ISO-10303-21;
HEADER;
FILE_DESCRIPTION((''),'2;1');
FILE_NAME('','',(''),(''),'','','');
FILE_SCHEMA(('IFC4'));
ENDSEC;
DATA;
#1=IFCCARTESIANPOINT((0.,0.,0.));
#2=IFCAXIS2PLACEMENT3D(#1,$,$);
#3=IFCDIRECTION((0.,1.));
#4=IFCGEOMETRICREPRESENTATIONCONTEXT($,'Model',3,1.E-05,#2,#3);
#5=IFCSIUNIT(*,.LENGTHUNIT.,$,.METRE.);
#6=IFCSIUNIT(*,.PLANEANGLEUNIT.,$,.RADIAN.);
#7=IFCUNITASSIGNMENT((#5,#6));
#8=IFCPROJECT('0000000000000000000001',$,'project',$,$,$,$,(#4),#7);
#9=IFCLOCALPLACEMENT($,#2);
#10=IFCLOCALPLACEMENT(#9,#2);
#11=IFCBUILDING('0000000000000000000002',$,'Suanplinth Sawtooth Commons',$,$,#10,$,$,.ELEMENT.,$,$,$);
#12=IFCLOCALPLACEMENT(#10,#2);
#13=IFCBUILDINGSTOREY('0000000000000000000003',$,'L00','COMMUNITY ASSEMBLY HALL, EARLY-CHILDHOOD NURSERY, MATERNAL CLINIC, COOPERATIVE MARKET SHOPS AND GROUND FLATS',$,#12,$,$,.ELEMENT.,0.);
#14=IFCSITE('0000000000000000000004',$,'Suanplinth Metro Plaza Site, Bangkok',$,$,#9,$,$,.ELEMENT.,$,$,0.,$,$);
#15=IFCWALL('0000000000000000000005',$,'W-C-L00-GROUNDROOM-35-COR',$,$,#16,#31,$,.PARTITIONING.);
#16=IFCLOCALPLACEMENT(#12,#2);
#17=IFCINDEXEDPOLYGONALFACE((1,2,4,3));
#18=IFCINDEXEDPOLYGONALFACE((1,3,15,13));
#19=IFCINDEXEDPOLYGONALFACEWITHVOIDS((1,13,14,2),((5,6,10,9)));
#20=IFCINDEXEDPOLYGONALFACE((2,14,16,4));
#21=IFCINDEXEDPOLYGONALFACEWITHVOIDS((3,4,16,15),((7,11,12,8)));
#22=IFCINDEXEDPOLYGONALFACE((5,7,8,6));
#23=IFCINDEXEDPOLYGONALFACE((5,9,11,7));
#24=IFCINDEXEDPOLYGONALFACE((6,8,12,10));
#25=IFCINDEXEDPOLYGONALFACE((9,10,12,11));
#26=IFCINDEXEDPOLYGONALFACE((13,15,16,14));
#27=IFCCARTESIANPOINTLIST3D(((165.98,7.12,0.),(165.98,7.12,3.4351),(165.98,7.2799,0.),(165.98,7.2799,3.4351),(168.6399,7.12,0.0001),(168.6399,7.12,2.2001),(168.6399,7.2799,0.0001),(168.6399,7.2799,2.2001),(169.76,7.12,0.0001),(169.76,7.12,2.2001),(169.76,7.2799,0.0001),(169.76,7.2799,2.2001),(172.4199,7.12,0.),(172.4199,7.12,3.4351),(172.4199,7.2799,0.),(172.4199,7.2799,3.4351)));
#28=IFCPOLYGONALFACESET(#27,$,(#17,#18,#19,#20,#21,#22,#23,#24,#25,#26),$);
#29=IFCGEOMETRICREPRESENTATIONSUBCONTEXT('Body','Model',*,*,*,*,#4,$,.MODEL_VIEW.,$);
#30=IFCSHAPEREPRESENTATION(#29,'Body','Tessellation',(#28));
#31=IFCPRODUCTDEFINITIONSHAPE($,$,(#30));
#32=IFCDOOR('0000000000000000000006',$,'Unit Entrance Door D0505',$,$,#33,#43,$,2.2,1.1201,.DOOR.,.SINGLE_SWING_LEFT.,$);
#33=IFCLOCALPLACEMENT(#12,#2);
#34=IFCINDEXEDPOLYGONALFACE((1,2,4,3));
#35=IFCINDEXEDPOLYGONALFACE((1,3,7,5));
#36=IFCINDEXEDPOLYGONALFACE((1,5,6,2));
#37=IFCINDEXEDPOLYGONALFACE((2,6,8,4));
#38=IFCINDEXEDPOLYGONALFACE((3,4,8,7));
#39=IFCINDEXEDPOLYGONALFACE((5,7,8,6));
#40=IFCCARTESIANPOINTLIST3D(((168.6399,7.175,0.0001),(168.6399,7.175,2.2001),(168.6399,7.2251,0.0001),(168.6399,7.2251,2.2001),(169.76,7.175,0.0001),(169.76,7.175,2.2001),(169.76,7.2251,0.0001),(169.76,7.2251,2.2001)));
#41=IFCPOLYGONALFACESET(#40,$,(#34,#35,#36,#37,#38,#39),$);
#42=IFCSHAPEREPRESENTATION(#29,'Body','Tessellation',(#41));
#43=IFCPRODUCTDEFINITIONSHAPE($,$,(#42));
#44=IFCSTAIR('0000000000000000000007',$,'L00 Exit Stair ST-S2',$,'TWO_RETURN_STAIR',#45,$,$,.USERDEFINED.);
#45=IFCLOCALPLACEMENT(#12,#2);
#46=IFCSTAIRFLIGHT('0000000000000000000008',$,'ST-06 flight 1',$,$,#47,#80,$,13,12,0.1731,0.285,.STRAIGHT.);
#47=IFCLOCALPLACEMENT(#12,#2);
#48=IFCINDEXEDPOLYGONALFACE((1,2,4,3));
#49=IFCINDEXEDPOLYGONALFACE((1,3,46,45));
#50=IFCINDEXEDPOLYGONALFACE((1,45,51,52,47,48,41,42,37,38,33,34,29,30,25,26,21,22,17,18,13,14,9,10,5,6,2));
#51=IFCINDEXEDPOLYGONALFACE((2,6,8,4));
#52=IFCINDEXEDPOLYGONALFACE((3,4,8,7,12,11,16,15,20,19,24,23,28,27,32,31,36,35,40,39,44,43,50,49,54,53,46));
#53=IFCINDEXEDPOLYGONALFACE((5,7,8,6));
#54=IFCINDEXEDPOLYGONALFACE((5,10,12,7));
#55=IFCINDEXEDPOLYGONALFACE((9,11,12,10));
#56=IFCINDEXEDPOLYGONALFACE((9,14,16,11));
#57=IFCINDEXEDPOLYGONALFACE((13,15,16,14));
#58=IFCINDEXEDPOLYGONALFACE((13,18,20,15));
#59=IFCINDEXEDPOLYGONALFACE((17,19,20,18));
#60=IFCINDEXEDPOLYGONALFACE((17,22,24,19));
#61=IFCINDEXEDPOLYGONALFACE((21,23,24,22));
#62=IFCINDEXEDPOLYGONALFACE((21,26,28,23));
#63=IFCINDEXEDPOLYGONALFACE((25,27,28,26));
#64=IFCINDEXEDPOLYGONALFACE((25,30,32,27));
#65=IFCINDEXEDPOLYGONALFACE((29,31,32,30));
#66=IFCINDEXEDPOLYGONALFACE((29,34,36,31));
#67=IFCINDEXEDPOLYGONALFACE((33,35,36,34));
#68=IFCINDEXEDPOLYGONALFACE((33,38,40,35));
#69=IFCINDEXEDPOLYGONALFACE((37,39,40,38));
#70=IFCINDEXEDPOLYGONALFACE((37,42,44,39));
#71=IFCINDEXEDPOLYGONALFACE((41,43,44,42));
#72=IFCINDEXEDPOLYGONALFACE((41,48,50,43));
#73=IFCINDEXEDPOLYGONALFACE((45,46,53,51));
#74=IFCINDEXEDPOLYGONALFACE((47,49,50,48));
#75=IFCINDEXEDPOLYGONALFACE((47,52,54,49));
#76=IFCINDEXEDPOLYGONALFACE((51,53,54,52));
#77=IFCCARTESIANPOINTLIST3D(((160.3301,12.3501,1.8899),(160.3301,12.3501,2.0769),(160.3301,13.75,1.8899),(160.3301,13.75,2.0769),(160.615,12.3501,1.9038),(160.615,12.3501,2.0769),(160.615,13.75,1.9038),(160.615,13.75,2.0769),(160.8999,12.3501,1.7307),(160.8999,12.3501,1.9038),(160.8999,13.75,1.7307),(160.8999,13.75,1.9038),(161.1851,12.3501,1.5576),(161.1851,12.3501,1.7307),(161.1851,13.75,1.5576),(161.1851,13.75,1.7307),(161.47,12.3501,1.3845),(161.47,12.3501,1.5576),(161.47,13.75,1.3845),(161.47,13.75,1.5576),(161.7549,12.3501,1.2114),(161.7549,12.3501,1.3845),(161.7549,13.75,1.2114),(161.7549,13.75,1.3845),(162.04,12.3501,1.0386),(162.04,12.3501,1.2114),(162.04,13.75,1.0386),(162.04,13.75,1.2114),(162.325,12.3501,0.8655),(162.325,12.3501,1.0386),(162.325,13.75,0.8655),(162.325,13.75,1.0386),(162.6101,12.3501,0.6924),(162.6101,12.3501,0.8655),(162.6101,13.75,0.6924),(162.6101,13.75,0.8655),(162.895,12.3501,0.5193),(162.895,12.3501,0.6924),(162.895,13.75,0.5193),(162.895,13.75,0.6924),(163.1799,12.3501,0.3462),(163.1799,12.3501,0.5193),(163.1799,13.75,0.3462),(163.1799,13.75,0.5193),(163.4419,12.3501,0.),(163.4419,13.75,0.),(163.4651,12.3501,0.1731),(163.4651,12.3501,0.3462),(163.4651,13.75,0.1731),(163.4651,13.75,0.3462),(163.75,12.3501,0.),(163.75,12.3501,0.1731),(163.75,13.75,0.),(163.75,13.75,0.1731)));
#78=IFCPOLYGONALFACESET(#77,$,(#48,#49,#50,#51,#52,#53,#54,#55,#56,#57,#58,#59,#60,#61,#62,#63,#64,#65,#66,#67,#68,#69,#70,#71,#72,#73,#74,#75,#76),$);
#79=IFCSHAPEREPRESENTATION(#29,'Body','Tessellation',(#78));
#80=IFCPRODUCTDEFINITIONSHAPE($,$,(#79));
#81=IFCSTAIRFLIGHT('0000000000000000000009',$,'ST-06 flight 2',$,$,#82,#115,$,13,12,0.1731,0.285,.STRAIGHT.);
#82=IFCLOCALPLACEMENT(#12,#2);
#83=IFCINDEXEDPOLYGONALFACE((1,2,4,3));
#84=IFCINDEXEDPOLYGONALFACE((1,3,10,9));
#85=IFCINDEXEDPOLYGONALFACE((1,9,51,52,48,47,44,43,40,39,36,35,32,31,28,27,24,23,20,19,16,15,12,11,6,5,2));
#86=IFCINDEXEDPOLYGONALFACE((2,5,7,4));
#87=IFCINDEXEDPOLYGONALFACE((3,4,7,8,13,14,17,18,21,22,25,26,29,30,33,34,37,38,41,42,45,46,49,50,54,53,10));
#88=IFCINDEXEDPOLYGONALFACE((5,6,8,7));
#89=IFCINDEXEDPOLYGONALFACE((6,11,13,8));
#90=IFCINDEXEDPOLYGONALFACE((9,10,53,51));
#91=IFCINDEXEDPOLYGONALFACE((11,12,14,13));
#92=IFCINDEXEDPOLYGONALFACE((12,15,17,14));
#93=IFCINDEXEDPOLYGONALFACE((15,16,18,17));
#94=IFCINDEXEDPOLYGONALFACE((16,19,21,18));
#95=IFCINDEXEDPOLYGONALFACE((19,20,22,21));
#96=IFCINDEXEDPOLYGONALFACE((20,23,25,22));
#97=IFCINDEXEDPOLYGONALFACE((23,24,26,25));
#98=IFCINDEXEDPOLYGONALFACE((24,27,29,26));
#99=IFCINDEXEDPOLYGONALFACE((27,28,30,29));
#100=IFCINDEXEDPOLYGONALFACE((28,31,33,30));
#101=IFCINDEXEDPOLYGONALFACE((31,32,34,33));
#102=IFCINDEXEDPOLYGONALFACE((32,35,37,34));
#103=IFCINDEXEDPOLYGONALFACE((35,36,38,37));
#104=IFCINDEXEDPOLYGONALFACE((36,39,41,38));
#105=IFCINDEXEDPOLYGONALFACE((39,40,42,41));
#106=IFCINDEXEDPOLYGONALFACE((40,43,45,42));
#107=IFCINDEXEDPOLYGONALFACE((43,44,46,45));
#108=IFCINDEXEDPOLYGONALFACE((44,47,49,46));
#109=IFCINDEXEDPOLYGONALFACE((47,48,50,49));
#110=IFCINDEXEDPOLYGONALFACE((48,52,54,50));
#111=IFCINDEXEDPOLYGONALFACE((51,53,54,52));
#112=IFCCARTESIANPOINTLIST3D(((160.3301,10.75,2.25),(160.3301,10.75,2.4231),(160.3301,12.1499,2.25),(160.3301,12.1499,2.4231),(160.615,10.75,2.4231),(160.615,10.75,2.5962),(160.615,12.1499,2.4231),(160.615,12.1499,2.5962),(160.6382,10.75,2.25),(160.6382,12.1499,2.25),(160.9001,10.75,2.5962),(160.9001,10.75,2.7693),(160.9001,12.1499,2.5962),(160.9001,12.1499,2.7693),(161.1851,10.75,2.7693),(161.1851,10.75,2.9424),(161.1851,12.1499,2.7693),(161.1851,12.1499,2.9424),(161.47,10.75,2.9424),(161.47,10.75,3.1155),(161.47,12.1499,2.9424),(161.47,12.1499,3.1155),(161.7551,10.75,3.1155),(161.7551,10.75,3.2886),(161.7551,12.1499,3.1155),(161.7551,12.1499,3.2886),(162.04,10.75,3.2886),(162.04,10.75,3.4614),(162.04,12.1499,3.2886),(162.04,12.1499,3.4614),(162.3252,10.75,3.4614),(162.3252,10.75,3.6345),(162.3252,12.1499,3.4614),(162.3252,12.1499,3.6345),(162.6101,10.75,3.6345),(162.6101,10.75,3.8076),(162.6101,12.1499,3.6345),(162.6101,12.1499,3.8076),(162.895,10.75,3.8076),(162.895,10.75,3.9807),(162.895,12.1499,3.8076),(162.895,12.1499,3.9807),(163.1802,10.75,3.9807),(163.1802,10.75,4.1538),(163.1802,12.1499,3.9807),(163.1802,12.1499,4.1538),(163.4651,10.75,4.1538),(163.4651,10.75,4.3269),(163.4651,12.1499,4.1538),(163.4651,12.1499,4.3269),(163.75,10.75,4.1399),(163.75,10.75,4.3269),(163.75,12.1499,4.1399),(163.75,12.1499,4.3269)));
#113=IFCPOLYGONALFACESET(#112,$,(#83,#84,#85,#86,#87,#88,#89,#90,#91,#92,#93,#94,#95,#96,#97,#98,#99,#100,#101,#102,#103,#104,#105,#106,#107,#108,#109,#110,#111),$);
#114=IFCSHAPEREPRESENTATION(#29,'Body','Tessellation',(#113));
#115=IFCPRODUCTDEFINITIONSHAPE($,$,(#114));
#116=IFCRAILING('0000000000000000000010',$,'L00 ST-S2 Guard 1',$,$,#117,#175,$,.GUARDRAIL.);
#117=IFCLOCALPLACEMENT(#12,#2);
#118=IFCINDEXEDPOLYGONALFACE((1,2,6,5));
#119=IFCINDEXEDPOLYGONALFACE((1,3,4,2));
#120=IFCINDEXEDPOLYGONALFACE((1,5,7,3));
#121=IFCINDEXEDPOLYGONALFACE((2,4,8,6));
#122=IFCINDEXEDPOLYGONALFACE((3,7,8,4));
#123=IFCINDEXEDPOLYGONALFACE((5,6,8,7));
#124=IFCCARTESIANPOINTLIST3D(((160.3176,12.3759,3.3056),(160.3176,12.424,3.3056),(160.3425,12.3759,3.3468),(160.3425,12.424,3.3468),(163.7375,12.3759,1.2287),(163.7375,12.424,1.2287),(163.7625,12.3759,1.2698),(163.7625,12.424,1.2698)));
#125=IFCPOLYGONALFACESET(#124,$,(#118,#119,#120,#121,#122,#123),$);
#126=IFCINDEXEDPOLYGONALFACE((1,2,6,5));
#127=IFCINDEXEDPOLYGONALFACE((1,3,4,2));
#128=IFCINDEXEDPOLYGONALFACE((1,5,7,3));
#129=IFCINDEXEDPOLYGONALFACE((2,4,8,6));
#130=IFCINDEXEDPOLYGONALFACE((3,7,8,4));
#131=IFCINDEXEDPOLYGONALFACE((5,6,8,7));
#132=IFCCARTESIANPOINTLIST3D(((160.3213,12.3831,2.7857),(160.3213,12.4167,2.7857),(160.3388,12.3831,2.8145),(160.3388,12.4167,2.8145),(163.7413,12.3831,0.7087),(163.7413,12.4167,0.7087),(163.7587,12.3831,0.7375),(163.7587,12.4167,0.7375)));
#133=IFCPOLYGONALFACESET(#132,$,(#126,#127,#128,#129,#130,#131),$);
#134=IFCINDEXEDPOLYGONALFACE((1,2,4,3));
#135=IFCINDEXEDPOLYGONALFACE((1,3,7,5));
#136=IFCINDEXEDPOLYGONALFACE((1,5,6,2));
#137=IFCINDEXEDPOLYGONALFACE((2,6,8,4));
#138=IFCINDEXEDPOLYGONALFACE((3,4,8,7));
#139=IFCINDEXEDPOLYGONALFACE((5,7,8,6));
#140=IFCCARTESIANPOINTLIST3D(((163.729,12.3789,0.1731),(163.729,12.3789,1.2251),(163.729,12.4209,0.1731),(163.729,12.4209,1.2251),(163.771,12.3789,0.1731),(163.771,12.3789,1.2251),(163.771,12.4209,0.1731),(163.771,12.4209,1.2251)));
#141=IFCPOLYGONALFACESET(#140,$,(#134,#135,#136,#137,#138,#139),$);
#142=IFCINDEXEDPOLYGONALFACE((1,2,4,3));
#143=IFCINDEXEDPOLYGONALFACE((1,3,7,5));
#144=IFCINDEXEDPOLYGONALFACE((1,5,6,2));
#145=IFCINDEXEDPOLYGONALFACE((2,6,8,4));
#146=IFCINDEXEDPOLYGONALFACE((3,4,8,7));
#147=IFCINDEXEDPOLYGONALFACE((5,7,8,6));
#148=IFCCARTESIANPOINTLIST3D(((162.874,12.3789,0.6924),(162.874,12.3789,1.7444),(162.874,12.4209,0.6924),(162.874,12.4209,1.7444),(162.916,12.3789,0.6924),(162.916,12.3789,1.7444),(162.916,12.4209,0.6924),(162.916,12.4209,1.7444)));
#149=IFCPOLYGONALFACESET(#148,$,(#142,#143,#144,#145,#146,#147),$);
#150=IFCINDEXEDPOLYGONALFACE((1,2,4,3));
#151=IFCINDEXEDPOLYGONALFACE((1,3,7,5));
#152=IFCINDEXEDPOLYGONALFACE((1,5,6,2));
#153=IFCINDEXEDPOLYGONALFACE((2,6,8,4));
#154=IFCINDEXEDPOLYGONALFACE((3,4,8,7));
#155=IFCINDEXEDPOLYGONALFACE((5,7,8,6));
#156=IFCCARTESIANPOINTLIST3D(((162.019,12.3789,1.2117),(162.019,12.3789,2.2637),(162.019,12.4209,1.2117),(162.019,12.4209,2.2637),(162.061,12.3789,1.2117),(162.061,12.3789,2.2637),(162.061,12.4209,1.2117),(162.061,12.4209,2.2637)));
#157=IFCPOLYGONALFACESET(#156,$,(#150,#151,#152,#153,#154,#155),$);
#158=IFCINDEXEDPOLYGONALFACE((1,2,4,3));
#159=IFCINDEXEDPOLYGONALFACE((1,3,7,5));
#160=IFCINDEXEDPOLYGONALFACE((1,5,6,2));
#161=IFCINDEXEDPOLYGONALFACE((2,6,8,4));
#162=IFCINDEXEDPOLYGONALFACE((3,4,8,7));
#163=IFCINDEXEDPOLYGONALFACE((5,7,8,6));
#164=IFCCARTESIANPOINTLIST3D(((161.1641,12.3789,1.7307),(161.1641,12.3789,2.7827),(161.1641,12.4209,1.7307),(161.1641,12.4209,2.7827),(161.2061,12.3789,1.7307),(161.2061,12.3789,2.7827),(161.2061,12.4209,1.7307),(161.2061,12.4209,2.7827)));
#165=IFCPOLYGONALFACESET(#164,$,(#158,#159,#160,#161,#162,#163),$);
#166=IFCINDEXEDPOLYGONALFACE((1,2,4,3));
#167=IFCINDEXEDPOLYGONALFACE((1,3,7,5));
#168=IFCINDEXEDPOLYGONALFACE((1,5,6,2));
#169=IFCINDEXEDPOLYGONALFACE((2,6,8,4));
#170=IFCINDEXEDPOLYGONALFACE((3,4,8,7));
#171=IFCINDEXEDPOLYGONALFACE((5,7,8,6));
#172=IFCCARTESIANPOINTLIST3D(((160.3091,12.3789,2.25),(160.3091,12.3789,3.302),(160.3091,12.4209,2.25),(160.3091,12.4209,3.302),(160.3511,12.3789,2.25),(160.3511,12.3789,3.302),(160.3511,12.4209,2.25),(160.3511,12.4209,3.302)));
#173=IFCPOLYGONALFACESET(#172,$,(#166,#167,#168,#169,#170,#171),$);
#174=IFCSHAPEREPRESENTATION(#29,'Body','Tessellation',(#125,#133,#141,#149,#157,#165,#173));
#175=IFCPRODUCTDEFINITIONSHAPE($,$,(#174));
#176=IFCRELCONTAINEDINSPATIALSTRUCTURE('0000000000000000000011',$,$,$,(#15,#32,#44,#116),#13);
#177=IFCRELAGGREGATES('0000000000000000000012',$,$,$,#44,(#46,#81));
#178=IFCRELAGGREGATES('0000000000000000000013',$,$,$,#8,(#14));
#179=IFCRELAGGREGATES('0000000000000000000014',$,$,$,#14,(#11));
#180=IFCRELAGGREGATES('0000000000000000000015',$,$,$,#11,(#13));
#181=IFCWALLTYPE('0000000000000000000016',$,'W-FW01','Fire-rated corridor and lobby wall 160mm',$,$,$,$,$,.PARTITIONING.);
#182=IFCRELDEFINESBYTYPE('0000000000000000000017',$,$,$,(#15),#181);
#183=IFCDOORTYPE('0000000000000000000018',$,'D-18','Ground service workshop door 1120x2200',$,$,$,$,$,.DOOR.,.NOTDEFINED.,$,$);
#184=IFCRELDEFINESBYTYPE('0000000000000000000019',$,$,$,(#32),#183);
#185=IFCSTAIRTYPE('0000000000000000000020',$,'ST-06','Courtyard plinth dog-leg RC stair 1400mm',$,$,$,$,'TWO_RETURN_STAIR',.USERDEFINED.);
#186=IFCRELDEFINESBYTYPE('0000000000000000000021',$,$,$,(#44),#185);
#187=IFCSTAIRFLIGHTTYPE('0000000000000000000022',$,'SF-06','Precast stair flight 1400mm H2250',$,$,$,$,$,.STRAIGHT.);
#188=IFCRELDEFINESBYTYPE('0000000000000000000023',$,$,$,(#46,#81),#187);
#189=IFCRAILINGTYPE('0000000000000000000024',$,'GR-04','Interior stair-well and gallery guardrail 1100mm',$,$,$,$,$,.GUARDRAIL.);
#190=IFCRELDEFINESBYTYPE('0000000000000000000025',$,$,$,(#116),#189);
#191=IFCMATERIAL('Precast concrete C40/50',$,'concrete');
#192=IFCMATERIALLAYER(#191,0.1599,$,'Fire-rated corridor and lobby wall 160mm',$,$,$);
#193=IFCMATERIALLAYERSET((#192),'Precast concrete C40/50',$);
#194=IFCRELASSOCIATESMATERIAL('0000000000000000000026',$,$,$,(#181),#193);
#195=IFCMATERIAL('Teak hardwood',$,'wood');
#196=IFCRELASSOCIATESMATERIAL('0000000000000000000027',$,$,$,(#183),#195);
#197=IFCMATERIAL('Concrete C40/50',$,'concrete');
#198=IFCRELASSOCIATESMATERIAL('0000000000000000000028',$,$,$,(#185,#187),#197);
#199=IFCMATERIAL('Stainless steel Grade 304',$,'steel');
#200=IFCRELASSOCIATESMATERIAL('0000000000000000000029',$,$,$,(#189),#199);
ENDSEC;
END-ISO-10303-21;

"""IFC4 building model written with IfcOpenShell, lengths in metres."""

from ifc_helpers import new_model, si_unit, direction, frame, frame_2d, origin, origin_2d, place, context, subcontext, project, spatial, polyline, rectangle, outline, extrude, material, layer, layer_set, type_object, element, fill, aggregate, save


model = new_model("IFC4")

# Units and contexts
model_context = context("Model", 3, precision=1e-05, world=origin(), true_north=direction((0.0, 1.0)))
body_context = subcontext(model_context, "Body", "Model", "MODEL_VIEW")
ifc_project = project(units=[si_unit("LENGTHUNIT", "METRE"), si_unit("PLANEANGLEUNIT", "RADIAN")], contexts=[model_context])

# Site, building, storey
site_placement = place(None, origin())
site = spatial("IfcSite", under=ifc_project, at=site_placement, Name="Suanplinth Metro Plaza Site, Bangkok", CompositionType="ELEMENT", RefElevation=0.0)
building_placement = place(site_placement, origin())
building = spatial("IfcBuilding", under=site, at=building_placement, Name="Suanplinth Sawtooth Commons", CompositionType="ELEMENT")
storey_placement = place(building_placement, origin())
storey = spatial("IfcBuildingStorey", under=building, at=storey_placement, Name="L00", Description="COMMUNITY ASSEMBLY HALL, EARLY-CHILDHOOD NURSERY, MATERNAL CLINIC, COOPERATIVE MARKET SHOPS AND GROUND FLATS", CompositionType="ELEMENT", Elevation=0.0)

# Shared definitions
ifc_material_1 = material(Name="Concrete C40/50", Category="concrete")

# Shared definitions
ifc_material_2 = material(Name="Precast concrete C40/50", Category="concrete")

# Wall, opening, door
ifc_layer_1 = layer(ifc_material_2, 0.1599, Name="Fire-rated corridor and lobby wall 160mm")
ifc_layer_set_1 = layer_set([ifc_layer_1], Name="Precast concrete C40/50")
wall_type_1 = type_object("IfcWallType", Name="W-FW01", Description="Fire-rated corridor and lobby wall 160mm", PredefinedType="PARTITIONING", material=ifc_layer_set_1)
wall_1_placement = place(storey_placement, frame((165.98, 7.2, 0.0), z_axis=(0.0, 0.0, 1.0), x_axis=(1.0, 0.0, 0.0)))
wall_1 = element("IfcWall", 1, at=wall_1_placement, inside=storey, type_object=wall_type_1, Name="W-C-L00-GROUNDROOM-35-COR", PredefinedType="PARTITIONING", context=body_context, shape_type="SweptSolid", body=[
    extrude(rectangle(XDim=6.4399, YDim=0.1599, at=frame_2d((3.22, 0.0))), origin(), (0.0, 0.0, 1.0), 3.4351),
])
opening_1_placement = place(wall_1_placement, frame((2.6599, 0.0, 0.0)))
opening_1 = element("IfcOpeningElement", 2, at=opening_1_placement, cuts=wall_1, PredefinedType="OPENING", context=body_context, shape_type="SweptSolid", body=[
    extrude(rectangle(XDim=1.1201, YDim=2.2, at=frame_2d((0.5601, 1.1001))), frame((0.0, 0.0947, 0.0), z_axis=(0.0, -1.0, 0.0), x_axis=(1.0, 0.0, 0.0)), (0.0, 0.0, 1.0), 0.1897),
])
ifc_material_3 = material(Name="Teak hardwood", Category="wood")
door_type_1 = type_object("IfcDoorType", Name="D-18", Description="Ground service workshop door 1120x2200", OperationType="NOTDEFINED", PredefinedType="DOOR", material=ifc_material_3)
door_1_placement = place(opening_1_placement, frame((1.1201, 0.0, 0.0), z_axis=(0.0, 0.0, 1.0), x_axis=(-1.0, 0.0, 0.0)))
door_1 = element("IfcDoor", 3, at=door_1_placement, inside=storey, type_object=door_type_1, Name="Unit Entrance Door D0505", OperationType="SINGLE_SWING_LEFT", OverallHeight=2.2, OverallWidth=1.1201, PredefinedType="DOOR", context=body_context, shape_type="SweptSolid", body=[
    extrude(rectangle(XDim=1.1201, YDim=2.2, at=frame_2d((0.5601, 1.1001))), frame((0.0, 0.0249, 0.0), z_axis=(0.0, -1.0, 0.0), x_axis=(1.0, 0.0, 0.0)), (0.0, 0.0, 1.0), 0.05),
])
fill(opening_1, door_1)

# Stair, stair flights
stair_type = type_object("IfcStairType", Name="ST-06", Description="Courtyard plinth dog-leg RC stair 1400mm", ElementType="TWO_RETURN_STAIR", PredefinedType="USERDEFINED", material=ifc_material_1)
stair_placement = place(storey_placement, origin())
stair = element("IfcStair", 4, at=stair_placement, inside=storey, type_object=stair_type, Name="L00 Exit Stair ST-S2", ObjectType="TWO_RETURN_STAIR", PredefinedType="USERDEFINED")
stair_flight_type = type_object("IfcStairFlightType", Name="SF-06", Description="Precast stair flight 1400mm H2250", PredefinedType="STRAIGHT", material=ifc_material_1)
stair_flight_1_placement = place(storey_placement, frame((163.75, 13.05, 0.0), z_axis=(0.0, 0.0, 1.0), x_axis=(-1.0, 0.0, 0.0)))
stair_flight_1 = element("IfcStairFlight", 5, at=stair_flight_1_placement, type_object=stair_flight_type, Name="ST-06 flight 1", NumberOfRisers=13, NumberOfTreads=12, PredefinedType="STRAIGHT", RiserHeight=0.1731, TreadLength=0.285, context=body_context, shape_type="SweptSolid", body=[
    extrude(outline(polyline([(0.0, 0.0), (0.0, 0.1731), (0.2849, 0.1731), (0.2849, 0.3462), (0.5701, 0.3462), (0.5701, 0.5193), (0.855, 0.5193), (0.855, 0.6924), (1.1399, 0.6924), (1.1399, 0.8655), (1.425, 0.8655), (1.425, 1.0386), (1.71, 1.0386), (1.71, 1.2114), (1.9951, 1.2114), (1.9951, 1.3845), (2.28, 1.3845), (2.28, 1.5576), (2.5649, 1.5576), (2.5649, 1.7307), (2.8501, 1.7307), (2.8501, 1.9038), (3.135, 1.9038), (3.135, 2.0769), (3.4199, 2.0769), (3.4199, 2.25), (3.4199, 1.8899), (0.3081, 0.0), (0.0, 0.0)])), frame((0.0, 0.7, 0.0), z_axis=(0.0, -1.0, 0.0), x_axis=(1.0, 0.0, 0.0)), (0.0, 0.0, 1.0), 1.3999),
])
stair_flight_2_placement = place(storey_placement, frame((160.3301, 11.45, 2.25), z_axis=(0.0, 0.0, 1.0), x_axis=(1.0, 0.0, 0.0)))
stair_flight_2 = element("IfcStairFlight", 6, at=stair_flight_2_placement, type_object=stair_flight_type, Name="ST-06 flight 2", NumberOfRisers=13, NumberOfTreads=12, PredefinedType="STRAIGHT", RiserHeight=0.1731, TreadLength=0.285, context=body_context, shape_type="SweptSolid", body=[
    extrude(outline(polyline([(0.0, 0.0), (0.0, 0.1731), (0.2849, 0.1731), (0.2849, 0.3462), (0.5701, 0.3462), (0.5701, 0.5193), (0.855, 0.5193), (0.855, 0.6924), (1.1399, 0.6924), (1.1399, 0.8655), (1.425, 0.8655), (1.425, 1.0386), (1.71, 1.0386), (1.71, 1.2114), (1.9951, 1.2114), (1.9951, 1.3845), (2.28, 1.3845), (2.28, 1.5576), (2.5649, 1.5576), (2.5649, 1.7307), (2.8501, 1.7307), (2.8501, 1.9038), (3.135, 1.9038), (3.135, 2.0769), (3.4199, 2.0769), (3.4199, 2.25), (3.4199, 1.8899), (0.3081, 0.0), (0.0, 0.0)])), frame((0.0, 0.7, 0.0), z_axis=(0.0, -1.0, 0.0), x_axis=(1.0, 0.0, 0.0)), (0.0, 0.0, 1.0), 1.3999),
])
aggregate(stair, [stair_flight_1, stair_flight_2])

# Railing
ifc_material_4 = material(Name="Stainless steel Grade 304", Category="steel")
railing_type_1 = type_object("IfcRailingType", Name="GR-04", Description="Interior stair-well and gallery guardrail 1100mm", PredefinedType="GUARDRAIL", material=ifc_material_4)
railing_1_placement = place(storey_placement, frame((163.75, 12.3999, 0.1731)))
element("IfcRailing", 7, at=railing_1_placement, inside=storey, type_object=railing_type_1, Name="L00 ST-S2 Guard 1", PredefinedType="GUARDRAIL", context=body_context, shape_type="SweptSolid", body=[
    extrude(rectangle(XDim=0.0481, YDim=0.0481, at=origin_2d()), frame((0.0, 0.0, 1.0762), z_axis=(-0.85473, 0.0, 0.519074), x_axis=(0.0, -1.0, 0.0)), (0.0, 0.0, 1.0), 4.0012),
    extrude(rectangle(XDim=0.0337, YDim=0.0337, at=origin_2d()), frame((0.0, 0.0, 0.55), z_axis=(-0.85473, 0.0, 0.519074), x_axis=(0.0, -1.0, 0.0)), (0.0, 0.0, 1.0), 4.0012),
    extrude(rectangle(XDim=0.042, YDim=0.042, at=origin_2d()), origin(), (0.0, 0.0, 1.0), 1.052),
    extrude(rectangle(XDim=0.042, YDim=0.042, at=origin_2d()), frame((-0.855, 0.0, 0.5193)), (0.0, 0.0, 1.0), 1.052),
    extrude(rectangle(XDim=0.042, YDim=0.042, at=origin_2d()), frame((-1.71, 0.0, 1.0386)), (0.0, 0.0, 1.0), 1.052),
    extrude(rectangle(XDim=0.042, YDim=0.042, at=origin_2d()), frame((-2.5649, 0.0, 1.5576)), (0.0, 0.0, 1.0), 1.052),
    extrude(rectangle(XDim=0.042, YDim=0.042, at=origin_2d()), frame((-3.4199, 0.0, 2.0769)), (0.0, 0.0, 1.0), 1.052),
])

save(model, "model.ifc")
